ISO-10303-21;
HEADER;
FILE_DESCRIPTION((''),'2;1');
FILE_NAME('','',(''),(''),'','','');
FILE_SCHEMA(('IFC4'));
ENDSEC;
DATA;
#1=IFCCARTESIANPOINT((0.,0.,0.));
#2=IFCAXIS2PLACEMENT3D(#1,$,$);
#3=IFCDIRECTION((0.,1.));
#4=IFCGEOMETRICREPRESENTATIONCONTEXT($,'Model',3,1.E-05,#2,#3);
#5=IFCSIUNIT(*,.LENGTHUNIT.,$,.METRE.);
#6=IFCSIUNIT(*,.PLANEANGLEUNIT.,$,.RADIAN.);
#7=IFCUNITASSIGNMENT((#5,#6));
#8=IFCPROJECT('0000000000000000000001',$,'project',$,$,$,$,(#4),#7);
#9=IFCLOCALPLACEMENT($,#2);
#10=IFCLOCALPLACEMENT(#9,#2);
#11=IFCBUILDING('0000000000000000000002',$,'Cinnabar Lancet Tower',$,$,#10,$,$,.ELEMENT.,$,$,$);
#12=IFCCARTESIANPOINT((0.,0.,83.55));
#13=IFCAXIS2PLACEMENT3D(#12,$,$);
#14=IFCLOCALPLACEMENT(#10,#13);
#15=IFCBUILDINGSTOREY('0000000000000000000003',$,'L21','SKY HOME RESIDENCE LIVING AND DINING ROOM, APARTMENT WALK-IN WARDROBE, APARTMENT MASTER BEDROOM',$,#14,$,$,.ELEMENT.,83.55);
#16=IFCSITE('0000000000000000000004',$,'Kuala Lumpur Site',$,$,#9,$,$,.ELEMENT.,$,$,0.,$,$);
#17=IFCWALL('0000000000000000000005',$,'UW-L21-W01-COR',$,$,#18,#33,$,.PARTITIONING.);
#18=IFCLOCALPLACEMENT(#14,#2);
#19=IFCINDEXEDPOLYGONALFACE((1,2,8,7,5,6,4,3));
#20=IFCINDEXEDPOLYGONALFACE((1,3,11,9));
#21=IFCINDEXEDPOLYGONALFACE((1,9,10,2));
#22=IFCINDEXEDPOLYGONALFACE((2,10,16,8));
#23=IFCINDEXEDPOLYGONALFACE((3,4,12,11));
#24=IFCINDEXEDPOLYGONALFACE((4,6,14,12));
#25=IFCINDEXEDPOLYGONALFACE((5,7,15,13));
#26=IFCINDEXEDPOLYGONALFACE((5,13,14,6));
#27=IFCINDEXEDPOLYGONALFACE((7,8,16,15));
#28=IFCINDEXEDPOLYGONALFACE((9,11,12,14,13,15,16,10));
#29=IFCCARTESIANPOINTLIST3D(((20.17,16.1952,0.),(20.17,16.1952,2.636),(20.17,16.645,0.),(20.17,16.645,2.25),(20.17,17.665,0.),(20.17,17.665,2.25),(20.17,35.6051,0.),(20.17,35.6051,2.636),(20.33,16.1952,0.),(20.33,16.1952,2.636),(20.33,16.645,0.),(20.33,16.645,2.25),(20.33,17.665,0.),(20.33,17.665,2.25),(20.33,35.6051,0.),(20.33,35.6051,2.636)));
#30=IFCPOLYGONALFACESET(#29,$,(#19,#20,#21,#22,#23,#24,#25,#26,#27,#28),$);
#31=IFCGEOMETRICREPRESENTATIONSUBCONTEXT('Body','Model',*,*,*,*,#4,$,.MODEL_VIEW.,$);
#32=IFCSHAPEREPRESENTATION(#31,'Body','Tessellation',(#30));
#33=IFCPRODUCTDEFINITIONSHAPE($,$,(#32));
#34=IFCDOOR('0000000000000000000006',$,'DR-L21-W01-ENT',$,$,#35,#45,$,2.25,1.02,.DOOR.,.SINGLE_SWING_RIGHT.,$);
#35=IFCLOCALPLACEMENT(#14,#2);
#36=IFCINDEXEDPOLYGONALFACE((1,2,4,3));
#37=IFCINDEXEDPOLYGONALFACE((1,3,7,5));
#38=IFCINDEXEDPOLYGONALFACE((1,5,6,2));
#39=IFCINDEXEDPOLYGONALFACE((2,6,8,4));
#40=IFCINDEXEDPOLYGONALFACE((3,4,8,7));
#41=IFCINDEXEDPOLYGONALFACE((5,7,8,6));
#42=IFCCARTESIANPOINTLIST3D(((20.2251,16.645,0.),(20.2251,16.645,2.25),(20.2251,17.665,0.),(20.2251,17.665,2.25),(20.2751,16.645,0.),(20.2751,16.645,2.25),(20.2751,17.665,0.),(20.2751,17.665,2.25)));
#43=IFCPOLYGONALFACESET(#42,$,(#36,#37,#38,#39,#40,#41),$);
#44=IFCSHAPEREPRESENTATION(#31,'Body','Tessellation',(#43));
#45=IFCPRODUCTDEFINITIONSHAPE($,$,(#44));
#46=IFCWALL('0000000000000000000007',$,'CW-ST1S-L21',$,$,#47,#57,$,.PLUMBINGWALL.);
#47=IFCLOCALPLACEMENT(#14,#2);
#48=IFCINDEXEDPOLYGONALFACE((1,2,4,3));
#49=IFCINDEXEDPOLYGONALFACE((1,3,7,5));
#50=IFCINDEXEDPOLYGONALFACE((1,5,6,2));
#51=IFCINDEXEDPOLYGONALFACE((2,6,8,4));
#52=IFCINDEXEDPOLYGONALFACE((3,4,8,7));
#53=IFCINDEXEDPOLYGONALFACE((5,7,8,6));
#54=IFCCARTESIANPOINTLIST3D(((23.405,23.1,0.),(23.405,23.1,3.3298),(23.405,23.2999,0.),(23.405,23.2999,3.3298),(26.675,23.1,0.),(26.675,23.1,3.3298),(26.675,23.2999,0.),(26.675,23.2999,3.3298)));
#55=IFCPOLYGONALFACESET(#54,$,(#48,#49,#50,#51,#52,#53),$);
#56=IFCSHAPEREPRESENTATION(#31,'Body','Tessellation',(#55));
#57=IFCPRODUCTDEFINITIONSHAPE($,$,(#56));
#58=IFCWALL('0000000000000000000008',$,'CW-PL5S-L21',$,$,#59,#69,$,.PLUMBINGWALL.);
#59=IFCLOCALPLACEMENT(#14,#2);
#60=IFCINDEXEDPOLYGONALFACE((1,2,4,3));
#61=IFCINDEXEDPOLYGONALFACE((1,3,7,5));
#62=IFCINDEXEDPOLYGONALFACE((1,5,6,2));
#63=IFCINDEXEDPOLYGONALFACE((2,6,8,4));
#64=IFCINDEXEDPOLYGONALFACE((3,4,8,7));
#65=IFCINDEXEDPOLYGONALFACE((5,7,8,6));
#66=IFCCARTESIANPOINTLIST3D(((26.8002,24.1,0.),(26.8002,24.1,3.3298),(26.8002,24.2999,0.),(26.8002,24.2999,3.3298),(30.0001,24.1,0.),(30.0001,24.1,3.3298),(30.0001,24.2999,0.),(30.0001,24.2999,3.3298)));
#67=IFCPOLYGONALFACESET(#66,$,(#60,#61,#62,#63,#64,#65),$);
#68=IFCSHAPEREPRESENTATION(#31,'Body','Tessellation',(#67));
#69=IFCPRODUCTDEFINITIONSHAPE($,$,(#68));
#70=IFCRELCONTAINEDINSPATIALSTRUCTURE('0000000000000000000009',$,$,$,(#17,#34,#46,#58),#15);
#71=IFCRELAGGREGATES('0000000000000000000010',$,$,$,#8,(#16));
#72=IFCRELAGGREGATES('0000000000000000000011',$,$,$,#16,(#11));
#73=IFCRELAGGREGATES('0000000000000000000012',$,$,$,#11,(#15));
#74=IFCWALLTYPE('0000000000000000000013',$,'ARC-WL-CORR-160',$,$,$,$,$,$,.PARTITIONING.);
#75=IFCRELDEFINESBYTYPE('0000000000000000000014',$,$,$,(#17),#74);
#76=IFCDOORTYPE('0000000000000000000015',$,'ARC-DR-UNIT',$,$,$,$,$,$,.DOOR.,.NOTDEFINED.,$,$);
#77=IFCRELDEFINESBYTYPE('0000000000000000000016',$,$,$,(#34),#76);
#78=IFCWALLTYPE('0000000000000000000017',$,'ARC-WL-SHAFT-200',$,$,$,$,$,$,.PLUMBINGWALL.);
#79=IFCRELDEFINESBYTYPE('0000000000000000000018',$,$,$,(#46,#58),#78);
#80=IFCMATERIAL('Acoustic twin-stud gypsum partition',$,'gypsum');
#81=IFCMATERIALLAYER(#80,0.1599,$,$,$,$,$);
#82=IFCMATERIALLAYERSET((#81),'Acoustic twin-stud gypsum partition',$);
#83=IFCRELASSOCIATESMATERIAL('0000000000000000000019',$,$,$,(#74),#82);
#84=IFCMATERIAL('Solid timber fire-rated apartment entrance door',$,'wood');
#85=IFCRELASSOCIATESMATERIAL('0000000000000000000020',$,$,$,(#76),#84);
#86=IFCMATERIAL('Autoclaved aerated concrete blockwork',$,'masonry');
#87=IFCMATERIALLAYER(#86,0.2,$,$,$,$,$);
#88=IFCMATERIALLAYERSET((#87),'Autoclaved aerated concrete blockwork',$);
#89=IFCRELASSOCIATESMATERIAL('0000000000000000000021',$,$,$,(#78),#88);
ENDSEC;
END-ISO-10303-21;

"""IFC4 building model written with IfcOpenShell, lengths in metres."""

from ifc_helpers import new_model, si_unit, direction, frame, frame_2d, origin, place, context, subcontext, project, spatial, rectangle, extrude, material, layer, layer_set, type_object, element, fill, save


model = new_model("IFC4")

# Units and contexts
model_context = context("Model", 3, precision=1e-05, world=origin(), true_north=direction((0.0, 1.0)))
body_context = subcontext(model_context, "Body", "Model", "MODEL_VIEW")
ifc_project = project(units=[si_unit("LENGTHUNIT", "METRE"), si_unit("PLANEANGLEUNIT", "RADIAN")], contexts=[model_context])

# Site, building, storey
site_placement = place(None, origin())
site = spatial("IfcSite", under=ifc_project, at=site_placement, Name="Kuala Lumpur Site", CompositionType="ELEMENT", RefElevation=0.0)
building_placement = place(site_placement, origin())
building = spatial("IfcBuilding", under=site, at=building_placement, Name="Cinnabar Lancet Tower", CompositionType="ELEMENT")
storey_placement = place(building_placement, frame((0.0, 0.0, 83.55)))
storey = spatial("IfcBuildingStorey", under=building, at=storey_placement, Name="L21", Description="SKY HOME RESIDENCE LIVING AND DINING ROOM, APARTMENT WALK-IN WARDROBE, APARTMENT MASTER BEDROOM", CompositionType="ELEMENT", Elevation=83.55)

# Wall, opening, door
ifc_material_1 = material(Name="Acoustic twin-stud gypsum partition", Category="gypsum")
ifc_layer_1 = layer(ifc_material_1, 0.1599)
ifc_layer_set_1 = layer_set([ifc_layer_1], Name="Acoustic twin-stud gypsum partition")
wall_type_1 = type_object("IfcWallType", Name="ARC-WL-CORR-160", PredefinedType="PARTITIONING", material=ifc_layer_set_1)
ifc_material_2 = material(Name="Solid timber fire-rated apartment entrance door", Category="wood")
door_type_1 = type_object("IfcDoorType", Name="ARC-DR-UNIT", OperationType="NOTDEFINED", PredefinedType="DOOR", material=ifc_material_2)
wall_1_placement = place(storey_placement, frame((20.25, 16.1951, 0.0), z_axis=(0.0, 0.0, 1.0), x_axis=(0.0, 1.0, 0.0)))
wall_1 = element("IfcWall", 1, at=wall_1_placement, inside=storey, type_object=wall_type_1, Name="UW-L21-W01-COR", PredefinedType="PARTITIONING", context=body_context, shape_type="SweptSolid", body=[
    extrude(rectangle(XDim=19.4099, YDim=0.1599, at=frame_2d((9.7051, 0.0))), origin(), (0.0, 0.0, 1.0), 2.636),
])
opening_1_placement = place(wall_1_placement, frame((0.45, 0.0, 0.0)))
opening_1 = element("IfcOpeningElement", 2, at=opening_1_placement, cuts=wall_1, PredefinedType="OPENING", context=body_context, shape_type="SweptSolid", body=[
    extrude(rectangle(XDim=1.02, YDim=2.25, at=frame_2d((0.51, 1.125))), frame((0.0, 0.0898, 0.0), z_axis=(0.0, -1.0, 0.0), x_axis=(1.0, 0.0, 0.0)), (0.0, 0.0, 1.0), 0.1799),
])
door_1_placement = place(opening_1_placement, origin())
door_1 = element("IfcDoor", 3, at=door_1_placement, inside=storey, type_object=door_type_1, Name="DR-L21-W01-ENT", OperationType="SINGLE_SWING_RIGHT", OverallHeight=2.25, OverallWidth=1.02, PredefinedType="DOOR", context=body_context, shape_type="SweptSolid", body=[
    extrude(rectangle(XDim=1.02, YDim=2.25, at=frame_2d((0.51, 1.125))), frame((0.0, 0.0249, 0.0), z_axis=(0.0, -1.0, 0.0), x_axis=(1.0, 0.0, 0.0)), (0.0, 0.0, 1.0), 0.05),
])
fill(opening_1, door_1)

# Walls
ifc_material_3 = material(Name="Autoclaved aerated concrete blockwork", Category="masonry")
ifc_layer_2 = layer(ifc_material_3, 0.2)
ifc_layer_set_2 = layer_set([ifc_layer_2], Name="Autoclaved aerated concrete blockwork")
wall_type_2 = type_object("IfcWallType", Name="ARC-WL-SHAFT-200", PredefinedType="PLUMBINGWALL", material=ifc_layer_set_2)
wall_2_placement = place(storey_placement, frame((23.405, 23.2, 0.0), z_axis=(0.0, 0.0, 1.0), x_axis=(1.0, 0.0, 0.0)))
element("IfcWall", 4, at=wall_2_placement, inside=storey, type_object=wall_type_2, Name="CW-ST1S-L21", PredefinedType="PLUMBINGWALL", context=body_context, shape_type="SweptSolid", body=[
    extrude(rectangle(XDim=3.27, YDim=0.2, at=frame_2d((1.635, 0.0))), origin(), (0.0, 0.0, 1.0), 3.3298),
])
wall_3_placement = place(storey_placement, frame((26.8, 24.2, 0.0), z_axis=(0.0, 0.0, 1.0), x_axis=(1.0, 0.0, 0.0)))
element("IfcWall", 5, at=wall_3_placement, inside=storey, type_object=wall_type_2, Name="CW-PL5S-L21", PredefinedType="PLUMBINGWALL", context=body_context, shape_type="SweptSolid", body=[
    extrude(rectangle(XDim=3.2, YDim=0.2, at=frame_2d((1.6001, 0.0))), origin(), (0.0, 0.0, 1.0), 3.3298),
])

save(model, "model.ifc")
